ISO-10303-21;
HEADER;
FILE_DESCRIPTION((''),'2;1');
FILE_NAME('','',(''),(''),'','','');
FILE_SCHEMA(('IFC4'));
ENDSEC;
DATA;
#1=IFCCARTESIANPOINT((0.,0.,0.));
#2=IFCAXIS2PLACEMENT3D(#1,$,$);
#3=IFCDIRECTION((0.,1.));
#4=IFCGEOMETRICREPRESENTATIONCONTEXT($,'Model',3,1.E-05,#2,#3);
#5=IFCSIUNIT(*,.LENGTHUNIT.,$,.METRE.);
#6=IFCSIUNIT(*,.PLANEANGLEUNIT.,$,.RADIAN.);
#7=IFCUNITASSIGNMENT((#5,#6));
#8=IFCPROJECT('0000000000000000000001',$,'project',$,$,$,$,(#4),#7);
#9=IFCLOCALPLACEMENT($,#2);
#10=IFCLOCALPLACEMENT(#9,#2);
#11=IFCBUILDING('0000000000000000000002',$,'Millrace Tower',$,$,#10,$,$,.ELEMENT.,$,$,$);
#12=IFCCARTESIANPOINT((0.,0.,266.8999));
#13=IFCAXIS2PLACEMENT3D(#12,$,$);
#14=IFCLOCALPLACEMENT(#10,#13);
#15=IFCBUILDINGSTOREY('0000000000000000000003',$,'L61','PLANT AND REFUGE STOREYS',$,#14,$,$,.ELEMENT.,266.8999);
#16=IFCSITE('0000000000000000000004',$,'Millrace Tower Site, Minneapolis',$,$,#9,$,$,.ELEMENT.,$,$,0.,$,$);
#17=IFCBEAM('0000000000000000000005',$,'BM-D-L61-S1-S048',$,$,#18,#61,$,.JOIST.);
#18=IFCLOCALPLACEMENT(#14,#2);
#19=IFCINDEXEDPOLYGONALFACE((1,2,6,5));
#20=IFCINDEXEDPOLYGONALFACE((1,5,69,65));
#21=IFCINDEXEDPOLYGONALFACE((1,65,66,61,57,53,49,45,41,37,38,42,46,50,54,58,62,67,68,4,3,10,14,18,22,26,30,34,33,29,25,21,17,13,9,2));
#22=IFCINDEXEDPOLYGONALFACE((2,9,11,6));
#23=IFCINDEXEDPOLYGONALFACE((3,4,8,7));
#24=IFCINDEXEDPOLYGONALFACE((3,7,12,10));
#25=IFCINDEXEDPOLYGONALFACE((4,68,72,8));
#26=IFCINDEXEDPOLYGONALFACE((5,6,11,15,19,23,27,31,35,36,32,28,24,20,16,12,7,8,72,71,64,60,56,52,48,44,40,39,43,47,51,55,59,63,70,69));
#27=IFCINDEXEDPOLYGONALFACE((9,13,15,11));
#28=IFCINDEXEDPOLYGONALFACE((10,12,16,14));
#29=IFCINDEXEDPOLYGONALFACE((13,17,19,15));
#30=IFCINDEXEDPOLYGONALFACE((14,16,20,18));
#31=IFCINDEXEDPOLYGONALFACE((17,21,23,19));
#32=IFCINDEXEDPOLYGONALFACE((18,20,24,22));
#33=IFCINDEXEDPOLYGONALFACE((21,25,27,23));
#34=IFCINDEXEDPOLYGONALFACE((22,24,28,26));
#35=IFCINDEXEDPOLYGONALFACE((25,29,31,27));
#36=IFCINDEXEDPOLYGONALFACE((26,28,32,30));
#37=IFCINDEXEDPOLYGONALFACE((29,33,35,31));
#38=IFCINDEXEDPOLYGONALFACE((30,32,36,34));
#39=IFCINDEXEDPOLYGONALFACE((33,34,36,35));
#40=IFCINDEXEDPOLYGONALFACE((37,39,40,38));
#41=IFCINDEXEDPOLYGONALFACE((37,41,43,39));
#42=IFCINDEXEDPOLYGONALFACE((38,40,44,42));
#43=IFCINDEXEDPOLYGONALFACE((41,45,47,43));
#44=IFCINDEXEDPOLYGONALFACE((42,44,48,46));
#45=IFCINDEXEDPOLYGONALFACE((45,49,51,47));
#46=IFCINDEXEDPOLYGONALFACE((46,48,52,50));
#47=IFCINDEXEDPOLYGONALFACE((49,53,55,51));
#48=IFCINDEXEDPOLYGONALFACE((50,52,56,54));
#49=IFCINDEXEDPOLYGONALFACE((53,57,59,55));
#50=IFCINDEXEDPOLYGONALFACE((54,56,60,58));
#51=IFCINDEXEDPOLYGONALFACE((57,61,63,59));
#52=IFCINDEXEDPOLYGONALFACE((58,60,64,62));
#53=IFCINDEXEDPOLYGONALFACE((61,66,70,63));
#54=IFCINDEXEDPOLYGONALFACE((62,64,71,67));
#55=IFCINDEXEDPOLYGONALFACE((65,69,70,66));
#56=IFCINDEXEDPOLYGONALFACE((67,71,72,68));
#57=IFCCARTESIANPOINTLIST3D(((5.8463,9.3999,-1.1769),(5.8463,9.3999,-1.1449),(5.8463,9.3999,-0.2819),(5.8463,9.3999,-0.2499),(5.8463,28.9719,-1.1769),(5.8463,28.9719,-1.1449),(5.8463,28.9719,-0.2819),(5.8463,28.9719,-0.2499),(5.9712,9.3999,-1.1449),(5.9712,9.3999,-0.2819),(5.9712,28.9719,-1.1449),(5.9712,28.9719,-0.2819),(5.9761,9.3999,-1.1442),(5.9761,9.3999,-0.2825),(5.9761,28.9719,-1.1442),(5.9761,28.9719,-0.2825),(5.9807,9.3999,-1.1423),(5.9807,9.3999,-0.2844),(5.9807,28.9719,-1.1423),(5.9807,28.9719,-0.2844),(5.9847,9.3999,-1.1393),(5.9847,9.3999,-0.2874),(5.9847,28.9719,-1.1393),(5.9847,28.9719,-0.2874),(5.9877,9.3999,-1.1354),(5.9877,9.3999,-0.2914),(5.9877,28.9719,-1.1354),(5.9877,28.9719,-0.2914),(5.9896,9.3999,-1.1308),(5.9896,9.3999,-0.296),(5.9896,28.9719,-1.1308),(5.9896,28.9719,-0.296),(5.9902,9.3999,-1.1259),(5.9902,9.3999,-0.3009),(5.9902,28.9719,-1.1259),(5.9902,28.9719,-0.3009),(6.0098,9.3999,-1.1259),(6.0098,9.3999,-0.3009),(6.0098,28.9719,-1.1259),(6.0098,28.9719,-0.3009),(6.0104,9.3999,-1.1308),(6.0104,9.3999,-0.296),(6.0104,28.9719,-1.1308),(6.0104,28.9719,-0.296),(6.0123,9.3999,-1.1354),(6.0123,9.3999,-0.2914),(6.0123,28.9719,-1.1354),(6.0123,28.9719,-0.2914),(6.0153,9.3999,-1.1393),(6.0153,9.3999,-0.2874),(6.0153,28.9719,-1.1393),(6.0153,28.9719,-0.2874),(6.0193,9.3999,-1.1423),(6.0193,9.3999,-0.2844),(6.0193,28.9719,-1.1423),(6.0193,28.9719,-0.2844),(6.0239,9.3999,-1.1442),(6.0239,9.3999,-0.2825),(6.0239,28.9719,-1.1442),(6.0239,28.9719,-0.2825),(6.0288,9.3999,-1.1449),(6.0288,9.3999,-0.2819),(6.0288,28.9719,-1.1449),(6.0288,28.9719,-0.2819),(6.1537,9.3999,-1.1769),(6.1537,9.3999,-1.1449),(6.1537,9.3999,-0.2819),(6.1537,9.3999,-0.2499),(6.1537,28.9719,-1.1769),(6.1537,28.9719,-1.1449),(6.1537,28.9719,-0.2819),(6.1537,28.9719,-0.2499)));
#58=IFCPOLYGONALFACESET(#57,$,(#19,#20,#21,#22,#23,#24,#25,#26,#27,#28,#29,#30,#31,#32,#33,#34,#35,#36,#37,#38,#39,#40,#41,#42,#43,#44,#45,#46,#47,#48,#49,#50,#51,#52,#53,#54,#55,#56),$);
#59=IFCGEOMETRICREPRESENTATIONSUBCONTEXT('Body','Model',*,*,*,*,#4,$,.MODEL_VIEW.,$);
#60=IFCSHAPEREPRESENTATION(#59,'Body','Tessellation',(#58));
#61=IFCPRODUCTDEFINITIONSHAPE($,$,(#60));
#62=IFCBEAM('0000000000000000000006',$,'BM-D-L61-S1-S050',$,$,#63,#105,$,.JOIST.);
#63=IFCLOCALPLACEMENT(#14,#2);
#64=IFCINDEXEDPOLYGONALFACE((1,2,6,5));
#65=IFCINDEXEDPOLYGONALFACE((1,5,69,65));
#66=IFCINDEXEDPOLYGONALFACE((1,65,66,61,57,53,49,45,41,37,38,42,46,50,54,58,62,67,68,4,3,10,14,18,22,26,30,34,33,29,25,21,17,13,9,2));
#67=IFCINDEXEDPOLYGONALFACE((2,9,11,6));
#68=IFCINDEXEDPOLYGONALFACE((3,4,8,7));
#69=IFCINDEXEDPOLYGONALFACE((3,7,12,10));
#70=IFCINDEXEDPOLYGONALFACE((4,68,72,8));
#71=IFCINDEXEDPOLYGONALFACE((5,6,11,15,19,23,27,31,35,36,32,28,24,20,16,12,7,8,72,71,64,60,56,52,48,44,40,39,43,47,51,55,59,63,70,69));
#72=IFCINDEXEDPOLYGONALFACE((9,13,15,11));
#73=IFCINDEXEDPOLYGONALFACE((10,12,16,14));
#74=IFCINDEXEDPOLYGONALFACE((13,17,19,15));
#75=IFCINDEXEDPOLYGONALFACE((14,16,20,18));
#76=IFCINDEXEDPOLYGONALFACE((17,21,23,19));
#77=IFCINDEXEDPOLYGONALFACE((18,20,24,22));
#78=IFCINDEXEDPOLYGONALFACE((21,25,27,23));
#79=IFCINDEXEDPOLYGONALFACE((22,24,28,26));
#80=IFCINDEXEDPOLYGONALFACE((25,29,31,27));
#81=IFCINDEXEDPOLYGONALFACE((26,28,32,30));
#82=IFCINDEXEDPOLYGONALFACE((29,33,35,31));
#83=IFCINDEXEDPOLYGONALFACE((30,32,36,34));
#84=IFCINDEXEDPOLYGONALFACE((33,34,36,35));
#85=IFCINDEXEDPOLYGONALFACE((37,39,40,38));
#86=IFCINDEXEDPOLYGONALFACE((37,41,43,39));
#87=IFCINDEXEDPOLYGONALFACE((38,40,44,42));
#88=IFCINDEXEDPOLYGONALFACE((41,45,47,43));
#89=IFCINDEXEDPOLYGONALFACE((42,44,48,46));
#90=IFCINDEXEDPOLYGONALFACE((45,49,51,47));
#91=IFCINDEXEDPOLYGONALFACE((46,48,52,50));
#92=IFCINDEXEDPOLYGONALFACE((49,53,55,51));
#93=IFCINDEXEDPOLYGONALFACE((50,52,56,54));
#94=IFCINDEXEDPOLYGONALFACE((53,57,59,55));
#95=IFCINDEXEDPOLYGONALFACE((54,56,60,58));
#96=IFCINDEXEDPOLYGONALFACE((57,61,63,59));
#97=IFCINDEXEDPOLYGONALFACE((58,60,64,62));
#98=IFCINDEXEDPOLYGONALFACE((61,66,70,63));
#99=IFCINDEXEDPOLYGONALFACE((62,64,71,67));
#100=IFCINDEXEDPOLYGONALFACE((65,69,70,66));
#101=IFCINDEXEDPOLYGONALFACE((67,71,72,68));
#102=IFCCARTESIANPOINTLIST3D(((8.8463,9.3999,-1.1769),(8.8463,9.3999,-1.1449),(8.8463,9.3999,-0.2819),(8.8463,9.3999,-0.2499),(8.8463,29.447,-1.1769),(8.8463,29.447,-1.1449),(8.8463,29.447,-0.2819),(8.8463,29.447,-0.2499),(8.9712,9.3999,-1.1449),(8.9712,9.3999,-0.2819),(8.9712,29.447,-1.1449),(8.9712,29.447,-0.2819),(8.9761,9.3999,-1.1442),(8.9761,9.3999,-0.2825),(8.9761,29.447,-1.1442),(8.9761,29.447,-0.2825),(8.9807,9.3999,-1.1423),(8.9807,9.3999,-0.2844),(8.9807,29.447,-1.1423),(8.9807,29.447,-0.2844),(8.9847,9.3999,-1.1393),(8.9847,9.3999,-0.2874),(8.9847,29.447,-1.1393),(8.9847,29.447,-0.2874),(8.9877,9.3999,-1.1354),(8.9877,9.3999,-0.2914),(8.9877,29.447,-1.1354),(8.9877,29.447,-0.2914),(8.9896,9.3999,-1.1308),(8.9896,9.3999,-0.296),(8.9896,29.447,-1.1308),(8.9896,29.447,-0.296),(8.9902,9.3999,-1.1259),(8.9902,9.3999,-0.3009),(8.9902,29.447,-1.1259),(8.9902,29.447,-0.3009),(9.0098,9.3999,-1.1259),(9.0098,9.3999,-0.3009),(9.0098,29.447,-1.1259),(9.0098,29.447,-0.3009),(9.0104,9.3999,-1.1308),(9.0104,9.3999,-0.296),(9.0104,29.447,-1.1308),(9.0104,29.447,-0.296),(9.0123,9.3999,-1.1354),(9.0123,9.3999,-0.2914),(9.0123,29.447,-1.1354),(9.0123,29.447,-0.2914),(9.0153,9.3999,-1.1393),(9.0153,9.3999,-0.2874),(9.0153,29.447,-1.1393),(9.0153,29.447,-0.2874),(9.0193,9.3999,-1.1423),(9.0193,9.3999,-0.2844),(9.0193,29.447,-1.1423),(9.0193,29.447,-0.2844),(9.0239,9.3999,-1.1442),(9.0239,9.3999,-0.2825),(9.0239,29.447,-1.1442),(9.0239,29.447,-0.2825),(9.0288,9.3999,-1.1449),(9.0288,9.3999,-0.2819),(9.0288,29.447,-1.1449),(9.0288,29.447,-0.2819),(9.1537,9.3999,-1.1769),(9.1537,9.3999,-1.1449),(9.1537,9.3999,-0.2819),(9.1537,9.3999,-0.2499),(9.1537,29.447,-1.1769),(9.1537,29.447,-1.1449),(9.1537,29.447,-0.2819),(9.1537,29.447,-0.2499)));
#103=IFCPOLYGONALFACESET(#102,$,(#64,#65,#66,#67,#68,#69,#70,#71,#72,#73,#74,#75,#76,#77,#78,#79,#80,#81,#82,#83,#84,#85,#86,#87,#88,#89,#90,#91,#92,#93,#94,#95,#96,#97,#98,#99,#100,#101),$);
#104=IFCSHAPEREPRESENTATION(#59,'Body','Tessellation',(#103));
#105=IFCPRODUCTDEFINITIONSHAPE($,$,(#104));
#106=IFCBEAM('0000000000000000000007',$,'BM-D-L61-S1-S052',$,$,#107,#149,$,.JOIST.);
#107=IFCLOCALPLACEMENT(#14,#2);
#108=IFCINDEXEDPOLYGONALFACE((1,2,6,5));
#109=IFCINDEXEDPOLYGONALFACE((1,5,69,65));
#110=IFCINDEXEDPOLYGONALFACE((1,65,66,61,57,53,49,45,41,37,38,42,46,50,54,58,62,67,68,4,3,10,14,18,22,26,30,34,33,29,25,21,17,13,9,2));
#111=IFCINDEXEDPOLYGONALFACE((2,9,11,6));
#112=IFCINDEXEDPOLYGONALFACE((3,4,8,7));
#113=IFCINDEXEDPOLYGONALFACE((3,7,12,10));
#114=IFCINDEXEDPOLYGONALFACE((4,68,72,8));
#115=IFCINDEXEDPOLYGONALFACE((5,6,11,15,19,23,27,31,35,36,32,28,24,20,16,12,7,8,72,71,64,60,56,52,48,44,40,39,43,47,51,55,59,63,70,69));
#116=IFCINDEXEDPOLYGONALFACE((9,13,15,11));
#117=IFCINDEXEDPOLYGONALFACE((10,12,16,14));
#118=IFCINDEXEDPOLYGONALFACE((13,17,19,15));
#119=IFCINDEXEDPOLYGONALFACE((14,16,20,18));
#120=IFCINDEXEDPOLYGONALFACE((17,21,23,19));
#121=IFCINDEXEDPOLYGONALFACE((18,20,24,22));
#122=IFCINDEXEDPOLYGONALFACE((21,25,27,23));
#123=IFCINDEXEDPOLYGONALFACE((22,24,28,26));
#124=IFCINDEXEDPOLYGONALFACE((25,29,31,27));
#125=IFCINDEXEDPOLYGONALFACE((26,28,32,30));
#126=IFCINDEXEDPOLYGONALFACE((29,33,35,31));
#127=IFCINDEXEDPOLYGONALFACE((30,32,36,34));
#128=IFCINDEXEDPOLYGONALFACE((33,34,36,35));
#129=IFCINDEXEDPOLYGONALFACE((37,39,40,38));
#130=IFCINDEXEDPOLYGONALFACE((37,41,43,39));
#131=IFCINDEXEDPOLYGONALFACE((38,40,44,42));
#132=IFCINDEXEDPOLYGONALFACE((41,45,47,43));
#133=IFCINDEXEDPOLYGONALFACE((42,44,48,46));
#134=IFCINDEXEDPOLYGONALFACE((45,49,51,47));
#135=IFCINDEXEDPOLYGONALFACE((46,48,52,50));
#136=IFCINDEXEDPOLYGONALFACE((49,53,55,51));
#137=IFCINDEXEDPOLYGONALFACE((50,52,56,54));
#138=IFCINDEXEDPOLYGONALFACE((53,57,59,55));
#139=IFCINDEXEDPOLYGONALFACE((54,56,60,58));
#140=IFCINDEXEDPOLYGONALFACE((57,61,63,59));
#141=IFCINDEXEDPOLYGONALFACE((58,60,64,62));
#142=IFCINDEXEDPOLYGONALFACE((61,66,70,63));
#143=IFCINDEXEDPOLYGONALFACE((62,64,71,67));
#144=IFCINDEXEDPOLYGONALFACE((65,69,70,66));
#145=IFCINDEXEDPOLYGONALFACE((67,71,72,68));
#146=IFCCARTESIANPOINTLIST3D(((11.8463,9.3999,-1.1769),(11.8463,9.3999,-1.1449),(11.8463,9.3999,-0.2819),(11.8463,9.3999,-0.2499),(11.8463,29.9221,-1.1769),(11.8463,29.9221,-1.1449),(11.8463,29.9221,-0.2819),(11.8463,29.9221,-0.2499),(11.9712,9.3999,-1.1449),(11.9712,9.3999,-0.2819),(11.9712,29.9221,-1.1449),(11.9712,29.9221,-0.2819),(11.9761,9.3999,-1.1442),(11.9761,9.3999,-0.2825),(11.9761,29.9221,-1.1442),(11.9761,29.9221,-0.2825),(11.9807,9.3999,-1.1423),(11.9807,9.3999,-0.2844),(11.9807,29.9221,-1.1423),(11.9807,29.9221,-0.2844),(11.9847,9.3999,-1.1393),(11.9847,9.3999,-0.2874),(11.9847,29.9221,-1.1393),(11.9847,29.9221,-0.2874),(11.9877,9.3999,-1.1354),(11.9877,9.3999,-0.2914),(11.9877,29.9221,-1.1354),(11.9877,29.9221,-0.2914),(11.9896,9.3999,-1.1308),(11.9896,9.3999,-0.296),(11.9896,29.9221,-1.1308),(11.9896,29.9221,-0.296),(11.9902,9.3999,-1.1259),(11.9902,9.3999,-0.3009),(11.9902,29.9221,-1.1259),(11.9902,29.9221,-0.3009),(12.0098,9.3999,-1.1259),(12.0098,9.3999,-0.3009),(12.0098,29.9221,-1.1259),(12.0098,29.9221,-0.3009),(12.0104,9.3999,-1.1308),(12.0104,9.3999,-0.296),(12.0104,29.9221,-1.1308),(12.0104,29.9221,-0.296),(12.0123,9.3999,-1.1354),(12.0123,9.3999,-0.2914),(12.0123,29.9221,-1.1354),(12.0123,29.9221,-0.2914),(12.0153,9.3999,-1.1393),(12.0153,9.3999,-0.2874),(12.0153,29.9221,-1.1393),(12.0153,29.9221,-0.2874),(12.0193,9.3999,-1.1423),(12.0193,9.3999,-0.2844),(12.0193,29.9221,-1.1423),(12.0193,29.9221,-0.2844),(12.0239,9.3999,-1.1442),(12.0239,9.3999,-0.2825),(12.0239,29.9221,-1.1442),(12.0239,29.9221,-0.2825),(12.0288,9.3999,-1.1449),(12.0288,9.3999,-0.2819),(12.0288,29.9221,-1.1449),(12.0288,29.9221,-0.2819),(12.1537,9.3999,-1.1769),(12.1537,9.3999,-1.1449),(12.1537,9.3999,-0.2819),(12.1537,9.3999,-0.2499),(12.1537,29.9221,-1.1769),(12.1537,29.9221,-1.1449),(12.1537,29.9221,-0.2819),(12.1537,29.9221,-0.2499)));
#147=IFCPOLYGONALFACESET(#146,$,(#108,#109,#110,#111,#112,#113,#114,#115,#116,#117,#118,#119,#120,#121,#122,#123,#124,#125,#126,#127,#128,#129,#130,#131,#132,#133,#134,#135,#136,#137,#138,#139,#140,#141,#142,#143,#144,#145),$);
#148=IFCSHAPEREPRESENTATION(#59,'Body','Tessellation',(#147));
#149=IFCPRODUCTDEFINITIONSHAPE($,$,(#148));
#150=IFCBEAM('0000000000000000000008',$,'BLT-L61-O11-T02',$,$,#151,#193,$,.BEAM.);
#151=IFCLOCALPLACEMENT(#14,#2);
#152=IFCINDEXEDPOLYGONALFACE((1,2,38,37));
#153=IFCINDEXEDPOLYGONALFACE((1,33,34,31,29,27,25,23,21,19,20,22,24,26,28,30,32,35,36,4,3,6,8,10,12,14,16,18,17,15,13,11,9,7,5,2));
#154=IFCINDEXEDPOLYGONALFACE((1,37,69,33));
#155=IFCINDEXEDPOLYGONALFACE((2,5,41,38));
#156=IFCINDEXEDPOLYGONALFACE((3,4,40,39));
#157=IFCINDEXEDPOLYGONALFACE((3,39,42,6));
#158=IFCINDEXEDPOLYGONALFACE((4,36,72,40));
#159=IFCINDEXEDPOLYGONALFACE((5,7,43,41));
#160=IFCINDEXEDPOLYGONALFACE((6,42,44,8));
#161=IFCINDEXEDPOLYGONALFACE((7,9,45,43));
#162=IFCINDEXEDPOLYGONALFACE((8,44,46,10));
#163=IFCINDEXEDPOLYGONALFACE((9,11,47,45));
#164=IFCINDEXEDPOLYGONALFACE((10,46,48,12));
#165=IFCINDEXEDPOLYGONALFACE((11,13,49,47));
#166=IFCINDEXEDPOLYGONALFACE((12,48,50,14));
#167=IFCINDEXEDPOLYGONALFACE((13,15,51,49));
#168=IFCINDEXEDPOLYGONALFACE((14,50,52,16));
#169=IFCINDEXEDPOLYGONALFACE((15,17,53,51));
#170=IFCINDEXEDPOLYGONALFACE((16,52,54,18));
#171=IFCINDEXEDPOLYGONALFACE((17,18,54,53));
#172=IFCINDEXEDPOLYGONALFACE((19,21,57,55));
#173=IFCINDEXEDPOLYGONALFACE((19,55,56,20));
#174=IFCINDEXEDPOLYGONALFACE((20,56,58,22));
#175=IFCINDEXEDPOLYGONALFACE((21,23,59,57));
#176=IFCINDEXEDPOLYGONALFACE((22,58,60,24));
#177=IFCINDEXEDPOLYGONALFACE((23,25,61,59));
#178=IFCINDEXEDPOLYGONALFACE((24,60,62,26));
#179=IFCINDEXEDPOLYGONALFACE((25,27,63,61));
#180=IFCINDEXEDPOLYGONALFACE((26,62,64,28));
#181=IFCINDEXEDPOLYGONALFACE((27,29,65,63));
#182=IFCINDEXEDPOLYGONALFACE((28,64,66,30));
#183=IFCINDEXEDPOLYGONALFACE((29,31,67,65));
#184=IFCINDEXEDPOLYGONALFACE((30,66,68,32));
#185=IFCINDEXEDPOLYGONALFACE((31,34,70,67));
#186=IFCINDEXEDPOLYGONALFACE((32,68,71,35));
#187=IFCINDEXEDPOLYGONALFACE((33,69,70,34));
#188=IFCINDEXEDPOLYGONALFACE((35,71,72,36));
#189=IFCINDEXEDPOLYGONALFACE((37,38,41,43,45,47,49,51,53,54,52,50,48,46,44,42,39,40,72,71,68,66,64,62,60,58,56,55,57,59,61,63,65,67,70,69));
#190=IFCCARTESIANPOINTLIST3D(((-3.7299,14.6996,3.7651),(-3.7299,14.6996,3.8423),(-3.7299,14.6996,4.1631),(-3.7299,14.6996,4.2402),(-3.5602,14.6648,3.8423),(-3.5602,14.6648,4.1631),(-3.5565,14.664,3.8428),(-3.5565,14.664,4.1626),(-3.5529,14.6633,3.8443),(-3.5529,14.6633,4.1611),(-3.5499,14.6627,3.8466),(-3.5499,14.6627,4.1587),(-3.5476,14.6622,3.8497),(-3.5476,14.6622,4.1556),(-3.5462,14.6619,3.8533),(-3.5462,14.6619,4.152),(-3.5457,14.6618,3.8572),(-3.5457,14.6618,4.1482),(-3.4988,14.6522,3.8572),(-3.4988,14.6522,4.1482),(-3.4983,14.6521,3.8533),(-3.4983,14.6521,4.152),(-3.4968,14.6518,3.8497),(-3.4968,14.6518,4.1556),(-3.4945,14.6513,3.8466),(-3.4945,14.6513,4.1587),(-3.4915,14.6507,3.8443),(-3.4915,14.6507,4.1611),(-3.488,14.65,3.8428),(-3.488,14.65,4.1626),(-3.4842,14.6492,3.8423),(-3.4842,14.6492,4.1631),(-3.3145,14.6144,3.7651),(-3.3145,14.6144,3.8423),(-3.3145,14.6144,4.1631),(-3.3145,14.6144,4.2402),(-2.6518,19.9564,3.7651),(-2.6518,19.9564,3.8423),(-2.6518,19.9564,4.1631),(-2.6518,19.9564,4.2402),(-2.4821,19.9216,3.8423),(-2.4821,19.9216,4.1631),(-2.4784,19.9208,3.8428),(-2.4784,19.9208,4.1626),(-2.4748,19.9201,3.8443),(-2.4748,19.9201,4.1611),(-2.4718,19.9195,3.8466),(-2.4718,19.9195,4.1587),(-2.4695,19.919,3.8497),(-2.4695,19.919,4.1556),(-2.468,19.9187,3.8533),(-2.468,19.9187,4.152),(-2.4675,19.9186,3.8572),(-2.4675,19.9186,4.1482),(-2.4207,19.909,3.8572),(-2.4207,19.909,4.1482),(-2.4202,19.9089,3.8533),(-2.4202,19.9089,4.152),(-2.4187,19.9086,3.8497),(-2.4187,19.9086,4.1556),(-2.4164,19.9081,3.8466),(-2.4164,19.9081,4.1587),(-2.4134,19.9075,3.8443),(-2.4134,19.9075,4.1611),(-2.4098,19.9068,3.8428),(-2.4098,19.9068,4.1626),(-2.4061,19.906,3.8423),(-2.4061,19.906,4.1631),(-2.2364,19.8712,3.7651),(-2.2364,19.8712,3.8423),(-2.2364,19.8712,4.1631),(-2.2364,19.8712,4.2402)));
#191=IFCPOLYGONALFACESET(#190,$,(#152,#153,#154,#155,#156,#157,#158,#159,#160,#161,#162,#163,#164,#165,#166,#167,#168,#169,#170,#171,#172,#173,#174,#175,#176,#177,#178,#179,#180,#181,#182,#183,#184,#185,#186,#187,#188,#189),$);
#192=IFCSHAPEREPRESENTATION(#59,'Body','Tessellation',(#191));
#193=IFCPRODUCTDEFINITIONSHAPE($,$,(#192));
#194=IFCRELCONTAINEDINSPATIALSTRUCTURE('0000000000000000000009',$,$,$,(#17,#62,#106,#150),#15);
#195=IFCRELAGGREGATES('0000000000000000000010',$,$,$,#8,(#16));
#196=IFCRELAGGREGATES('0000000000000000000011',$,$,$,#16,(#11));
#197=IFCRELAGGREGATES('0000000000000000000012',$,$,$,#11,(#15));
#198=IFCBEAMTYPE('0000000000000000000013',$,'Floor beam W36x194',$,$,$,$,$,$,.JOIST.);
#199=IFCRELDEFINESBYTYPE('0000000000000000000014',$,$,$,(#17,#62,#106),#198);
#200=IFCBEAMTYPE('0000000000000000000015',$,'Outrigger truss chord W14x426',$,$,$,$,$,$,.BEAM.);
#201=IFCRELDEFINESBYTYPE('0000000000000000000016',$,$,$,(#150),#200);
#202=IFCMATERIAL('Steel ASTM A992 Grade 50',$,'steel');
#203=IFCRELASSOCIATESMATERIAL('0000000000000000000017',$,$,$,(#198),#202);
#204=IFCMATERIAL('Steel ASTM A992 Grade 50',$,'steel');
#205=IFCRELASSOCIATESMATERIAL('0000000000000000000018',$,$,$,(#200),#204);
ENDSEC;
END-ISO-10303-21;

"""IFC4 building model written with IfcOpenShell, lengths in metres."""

from ifc_helpers import new_model, si_unit, direction, frame, origin, origin_2d, place, context, subcontext, project, spatial, i_section, extrude, material, material_profile, profile_set, type_object, element, save


model = new_model("IFC4")

# Units and contexts
model_context = context("Model", 3, precision=1e-05, world=origin(), true_north=direction((0.0, 1.0)))
body_context = subcontext(model_context, "Body", "Model", "MODEL_VIEW")
ifc_project = project(units=[si_unit("LENGTHUNIT", "METRE"), si_unit("PLANEANGLEUNIT", "RADIAN")], contexts=[model_context])

# Site, building, storey
site_placement = place(None, origin())
site = spatial("IfcSite", under=ifc_project, at=site_placement, Name="Millrace Tower Site, Minneapolis", CompositionType="ELEMENT", RefElevation=0.0)
building_placement = place(site_placement, origin())
building = spatial("IfcBuilding", under=site, at=building_placement, Name="Millrace Tower", CompositionType="ELEMENT")
storey_placement = place(building_placement, frame((0.0, 0.0, 266.8999)))
storey = spatial("IfcBuildingStorey", under=building, at=storey_placement, Name="L61", Description="PLANT AND REFUGE STOREYS", CompositionType="ELEMENT", Elevation=266.8999)

# Beams
ifc_material_1 = material(Name="Steel ASTM A992 Grade 50", Category="steel")
ifc_material_profile_1 = material_profile(ifc_material_1, i_section(OverallWidth=0.3074, OverallDepth=0.927, WebThickness=0.0195, FlangeThickness=0.032, FilletRadius=0.019, at=origin_2d()))
ifc_profile_set_1 = profile_set([ifc_material_profile_1], Name="Steel ASTM A992 Grade 50")
beam_type_1 = type_object("IfcBeamType", Name="Floor beam W36x194", PredefinedType="JOIST", material=ifc_profile_set_1)
beam_1_placement = place(storey_placement, frame((6.0, 9.3999, -0.7134), z_axis=(0.0, 1.0, 0.0), x_axis=(-1.0, 0.0, 0.0)))
element("IfcBeam", 1, at=beam_1_placement, inside=storey, type_object=beam_type_1, Name="BM-D-L61-S1-S048", PredefinedType="JOIST", context=body_context, shape_type="SweptSolid", body=[
    extrude(i_section(OverallWidth=0.3074, OverallDepth=0.927, WebThickness=0.0195, FlangeThickness=0.032, FilletRadius=0.019, at=origin_2d()), origin(), (0.0, 0.0, 1.0), 19.572),
])
beam_2_placement = place(storey_placement, frame((9.0, 9.3999, -0.7134), z_axis=(0.0, 1.0, 0.0), x_axis=(-1.0, 0.0, 0.0)))
element("IfcBeam", 2, at=beam_2_placement, inside=storey, type_object=beam_type_1, Name="BM-D-L61-S1-S050", PredefinedType="JOIST", context=body_context, shape_type="SweptSolid", body=[
    extrude(i_section(OverallWidth=0.3074, OverallDepth=0.927, WebThickness=0.0195, FlangeThickness=0.032, FilletRadius=0.019, at=origin_2d()), origin(), (0.0, 0.0, 1.0), 20.0471),
])
beam_3_placement = place(storey_placement, frame((12.0, 9.3999, -0.7134), z_axis=(0.0, 1.0, 0.0), x_axis=(-1.0, 0.0, 0.0)))
element("IfcBeam", 3, at=beam_3_placement, inside=storey, type_object=beam_type_1, Name="BM-D-L61-S1-S052", PredefinedType="JOIST", context=body_context, shape_type="SweptSolid", body=[
    extrude(i_section(OverallWidth=0.3074, OverallDepth=0.927, WebThickness=0.0195, FlangeThickness=0.032, FilletRadius=0.019, at=origin_2d()), origin(), (0.0, 0.0, 1.0), 20.5222),
])
ifc_material_2 = material(Name="Steel ASTM A992 Grade 50", Category="steel")
ifc_material_profile_2 = material_profile(ifc_material_2, i_section(OverallWidth=0.4241, OverallDepth=0.4751, WebThickness=0.0479, FlangeThickness=0.0771, FilletRadius=0.0149, at=origin_2d()))
ifc_profile_set_2 = profile_set([ifc_material_profile_2], Name="Steel ASTM A992 Grade 50")
beam_type_2 = type_object("IfcBeamType", Name="Outrigger truss chord W14x426", PredefinedType="BEAM", material=ifc_profile_set_2)
beam_4_placement = place(storey_placement, frame((-3.5222, 14.657, 4.0027), z_axis=(0.200908, 0.97961, 0.0), x_axis=(-0.97961, 0.200908, 0.0)))
element("IfcBeam", 4, at=beam_4_placement, inside=storey, type_object=beam_type_2, Name="BLT-L61-O11-T02", PredefinedType="BEAM", context=body_context, shape_type="SweptSolid", body=[
    extrude(i_section(OverallWidth=0.4241, OverallDepth=0.4751, WebThickness=0.0479, FlangeThickness=0.0771, FilletRadius=0.0149, at=origin_2d()), origin(), (0.0, 0.0, 1.0), 5.3662),
])

save(model, "model.ifc")
